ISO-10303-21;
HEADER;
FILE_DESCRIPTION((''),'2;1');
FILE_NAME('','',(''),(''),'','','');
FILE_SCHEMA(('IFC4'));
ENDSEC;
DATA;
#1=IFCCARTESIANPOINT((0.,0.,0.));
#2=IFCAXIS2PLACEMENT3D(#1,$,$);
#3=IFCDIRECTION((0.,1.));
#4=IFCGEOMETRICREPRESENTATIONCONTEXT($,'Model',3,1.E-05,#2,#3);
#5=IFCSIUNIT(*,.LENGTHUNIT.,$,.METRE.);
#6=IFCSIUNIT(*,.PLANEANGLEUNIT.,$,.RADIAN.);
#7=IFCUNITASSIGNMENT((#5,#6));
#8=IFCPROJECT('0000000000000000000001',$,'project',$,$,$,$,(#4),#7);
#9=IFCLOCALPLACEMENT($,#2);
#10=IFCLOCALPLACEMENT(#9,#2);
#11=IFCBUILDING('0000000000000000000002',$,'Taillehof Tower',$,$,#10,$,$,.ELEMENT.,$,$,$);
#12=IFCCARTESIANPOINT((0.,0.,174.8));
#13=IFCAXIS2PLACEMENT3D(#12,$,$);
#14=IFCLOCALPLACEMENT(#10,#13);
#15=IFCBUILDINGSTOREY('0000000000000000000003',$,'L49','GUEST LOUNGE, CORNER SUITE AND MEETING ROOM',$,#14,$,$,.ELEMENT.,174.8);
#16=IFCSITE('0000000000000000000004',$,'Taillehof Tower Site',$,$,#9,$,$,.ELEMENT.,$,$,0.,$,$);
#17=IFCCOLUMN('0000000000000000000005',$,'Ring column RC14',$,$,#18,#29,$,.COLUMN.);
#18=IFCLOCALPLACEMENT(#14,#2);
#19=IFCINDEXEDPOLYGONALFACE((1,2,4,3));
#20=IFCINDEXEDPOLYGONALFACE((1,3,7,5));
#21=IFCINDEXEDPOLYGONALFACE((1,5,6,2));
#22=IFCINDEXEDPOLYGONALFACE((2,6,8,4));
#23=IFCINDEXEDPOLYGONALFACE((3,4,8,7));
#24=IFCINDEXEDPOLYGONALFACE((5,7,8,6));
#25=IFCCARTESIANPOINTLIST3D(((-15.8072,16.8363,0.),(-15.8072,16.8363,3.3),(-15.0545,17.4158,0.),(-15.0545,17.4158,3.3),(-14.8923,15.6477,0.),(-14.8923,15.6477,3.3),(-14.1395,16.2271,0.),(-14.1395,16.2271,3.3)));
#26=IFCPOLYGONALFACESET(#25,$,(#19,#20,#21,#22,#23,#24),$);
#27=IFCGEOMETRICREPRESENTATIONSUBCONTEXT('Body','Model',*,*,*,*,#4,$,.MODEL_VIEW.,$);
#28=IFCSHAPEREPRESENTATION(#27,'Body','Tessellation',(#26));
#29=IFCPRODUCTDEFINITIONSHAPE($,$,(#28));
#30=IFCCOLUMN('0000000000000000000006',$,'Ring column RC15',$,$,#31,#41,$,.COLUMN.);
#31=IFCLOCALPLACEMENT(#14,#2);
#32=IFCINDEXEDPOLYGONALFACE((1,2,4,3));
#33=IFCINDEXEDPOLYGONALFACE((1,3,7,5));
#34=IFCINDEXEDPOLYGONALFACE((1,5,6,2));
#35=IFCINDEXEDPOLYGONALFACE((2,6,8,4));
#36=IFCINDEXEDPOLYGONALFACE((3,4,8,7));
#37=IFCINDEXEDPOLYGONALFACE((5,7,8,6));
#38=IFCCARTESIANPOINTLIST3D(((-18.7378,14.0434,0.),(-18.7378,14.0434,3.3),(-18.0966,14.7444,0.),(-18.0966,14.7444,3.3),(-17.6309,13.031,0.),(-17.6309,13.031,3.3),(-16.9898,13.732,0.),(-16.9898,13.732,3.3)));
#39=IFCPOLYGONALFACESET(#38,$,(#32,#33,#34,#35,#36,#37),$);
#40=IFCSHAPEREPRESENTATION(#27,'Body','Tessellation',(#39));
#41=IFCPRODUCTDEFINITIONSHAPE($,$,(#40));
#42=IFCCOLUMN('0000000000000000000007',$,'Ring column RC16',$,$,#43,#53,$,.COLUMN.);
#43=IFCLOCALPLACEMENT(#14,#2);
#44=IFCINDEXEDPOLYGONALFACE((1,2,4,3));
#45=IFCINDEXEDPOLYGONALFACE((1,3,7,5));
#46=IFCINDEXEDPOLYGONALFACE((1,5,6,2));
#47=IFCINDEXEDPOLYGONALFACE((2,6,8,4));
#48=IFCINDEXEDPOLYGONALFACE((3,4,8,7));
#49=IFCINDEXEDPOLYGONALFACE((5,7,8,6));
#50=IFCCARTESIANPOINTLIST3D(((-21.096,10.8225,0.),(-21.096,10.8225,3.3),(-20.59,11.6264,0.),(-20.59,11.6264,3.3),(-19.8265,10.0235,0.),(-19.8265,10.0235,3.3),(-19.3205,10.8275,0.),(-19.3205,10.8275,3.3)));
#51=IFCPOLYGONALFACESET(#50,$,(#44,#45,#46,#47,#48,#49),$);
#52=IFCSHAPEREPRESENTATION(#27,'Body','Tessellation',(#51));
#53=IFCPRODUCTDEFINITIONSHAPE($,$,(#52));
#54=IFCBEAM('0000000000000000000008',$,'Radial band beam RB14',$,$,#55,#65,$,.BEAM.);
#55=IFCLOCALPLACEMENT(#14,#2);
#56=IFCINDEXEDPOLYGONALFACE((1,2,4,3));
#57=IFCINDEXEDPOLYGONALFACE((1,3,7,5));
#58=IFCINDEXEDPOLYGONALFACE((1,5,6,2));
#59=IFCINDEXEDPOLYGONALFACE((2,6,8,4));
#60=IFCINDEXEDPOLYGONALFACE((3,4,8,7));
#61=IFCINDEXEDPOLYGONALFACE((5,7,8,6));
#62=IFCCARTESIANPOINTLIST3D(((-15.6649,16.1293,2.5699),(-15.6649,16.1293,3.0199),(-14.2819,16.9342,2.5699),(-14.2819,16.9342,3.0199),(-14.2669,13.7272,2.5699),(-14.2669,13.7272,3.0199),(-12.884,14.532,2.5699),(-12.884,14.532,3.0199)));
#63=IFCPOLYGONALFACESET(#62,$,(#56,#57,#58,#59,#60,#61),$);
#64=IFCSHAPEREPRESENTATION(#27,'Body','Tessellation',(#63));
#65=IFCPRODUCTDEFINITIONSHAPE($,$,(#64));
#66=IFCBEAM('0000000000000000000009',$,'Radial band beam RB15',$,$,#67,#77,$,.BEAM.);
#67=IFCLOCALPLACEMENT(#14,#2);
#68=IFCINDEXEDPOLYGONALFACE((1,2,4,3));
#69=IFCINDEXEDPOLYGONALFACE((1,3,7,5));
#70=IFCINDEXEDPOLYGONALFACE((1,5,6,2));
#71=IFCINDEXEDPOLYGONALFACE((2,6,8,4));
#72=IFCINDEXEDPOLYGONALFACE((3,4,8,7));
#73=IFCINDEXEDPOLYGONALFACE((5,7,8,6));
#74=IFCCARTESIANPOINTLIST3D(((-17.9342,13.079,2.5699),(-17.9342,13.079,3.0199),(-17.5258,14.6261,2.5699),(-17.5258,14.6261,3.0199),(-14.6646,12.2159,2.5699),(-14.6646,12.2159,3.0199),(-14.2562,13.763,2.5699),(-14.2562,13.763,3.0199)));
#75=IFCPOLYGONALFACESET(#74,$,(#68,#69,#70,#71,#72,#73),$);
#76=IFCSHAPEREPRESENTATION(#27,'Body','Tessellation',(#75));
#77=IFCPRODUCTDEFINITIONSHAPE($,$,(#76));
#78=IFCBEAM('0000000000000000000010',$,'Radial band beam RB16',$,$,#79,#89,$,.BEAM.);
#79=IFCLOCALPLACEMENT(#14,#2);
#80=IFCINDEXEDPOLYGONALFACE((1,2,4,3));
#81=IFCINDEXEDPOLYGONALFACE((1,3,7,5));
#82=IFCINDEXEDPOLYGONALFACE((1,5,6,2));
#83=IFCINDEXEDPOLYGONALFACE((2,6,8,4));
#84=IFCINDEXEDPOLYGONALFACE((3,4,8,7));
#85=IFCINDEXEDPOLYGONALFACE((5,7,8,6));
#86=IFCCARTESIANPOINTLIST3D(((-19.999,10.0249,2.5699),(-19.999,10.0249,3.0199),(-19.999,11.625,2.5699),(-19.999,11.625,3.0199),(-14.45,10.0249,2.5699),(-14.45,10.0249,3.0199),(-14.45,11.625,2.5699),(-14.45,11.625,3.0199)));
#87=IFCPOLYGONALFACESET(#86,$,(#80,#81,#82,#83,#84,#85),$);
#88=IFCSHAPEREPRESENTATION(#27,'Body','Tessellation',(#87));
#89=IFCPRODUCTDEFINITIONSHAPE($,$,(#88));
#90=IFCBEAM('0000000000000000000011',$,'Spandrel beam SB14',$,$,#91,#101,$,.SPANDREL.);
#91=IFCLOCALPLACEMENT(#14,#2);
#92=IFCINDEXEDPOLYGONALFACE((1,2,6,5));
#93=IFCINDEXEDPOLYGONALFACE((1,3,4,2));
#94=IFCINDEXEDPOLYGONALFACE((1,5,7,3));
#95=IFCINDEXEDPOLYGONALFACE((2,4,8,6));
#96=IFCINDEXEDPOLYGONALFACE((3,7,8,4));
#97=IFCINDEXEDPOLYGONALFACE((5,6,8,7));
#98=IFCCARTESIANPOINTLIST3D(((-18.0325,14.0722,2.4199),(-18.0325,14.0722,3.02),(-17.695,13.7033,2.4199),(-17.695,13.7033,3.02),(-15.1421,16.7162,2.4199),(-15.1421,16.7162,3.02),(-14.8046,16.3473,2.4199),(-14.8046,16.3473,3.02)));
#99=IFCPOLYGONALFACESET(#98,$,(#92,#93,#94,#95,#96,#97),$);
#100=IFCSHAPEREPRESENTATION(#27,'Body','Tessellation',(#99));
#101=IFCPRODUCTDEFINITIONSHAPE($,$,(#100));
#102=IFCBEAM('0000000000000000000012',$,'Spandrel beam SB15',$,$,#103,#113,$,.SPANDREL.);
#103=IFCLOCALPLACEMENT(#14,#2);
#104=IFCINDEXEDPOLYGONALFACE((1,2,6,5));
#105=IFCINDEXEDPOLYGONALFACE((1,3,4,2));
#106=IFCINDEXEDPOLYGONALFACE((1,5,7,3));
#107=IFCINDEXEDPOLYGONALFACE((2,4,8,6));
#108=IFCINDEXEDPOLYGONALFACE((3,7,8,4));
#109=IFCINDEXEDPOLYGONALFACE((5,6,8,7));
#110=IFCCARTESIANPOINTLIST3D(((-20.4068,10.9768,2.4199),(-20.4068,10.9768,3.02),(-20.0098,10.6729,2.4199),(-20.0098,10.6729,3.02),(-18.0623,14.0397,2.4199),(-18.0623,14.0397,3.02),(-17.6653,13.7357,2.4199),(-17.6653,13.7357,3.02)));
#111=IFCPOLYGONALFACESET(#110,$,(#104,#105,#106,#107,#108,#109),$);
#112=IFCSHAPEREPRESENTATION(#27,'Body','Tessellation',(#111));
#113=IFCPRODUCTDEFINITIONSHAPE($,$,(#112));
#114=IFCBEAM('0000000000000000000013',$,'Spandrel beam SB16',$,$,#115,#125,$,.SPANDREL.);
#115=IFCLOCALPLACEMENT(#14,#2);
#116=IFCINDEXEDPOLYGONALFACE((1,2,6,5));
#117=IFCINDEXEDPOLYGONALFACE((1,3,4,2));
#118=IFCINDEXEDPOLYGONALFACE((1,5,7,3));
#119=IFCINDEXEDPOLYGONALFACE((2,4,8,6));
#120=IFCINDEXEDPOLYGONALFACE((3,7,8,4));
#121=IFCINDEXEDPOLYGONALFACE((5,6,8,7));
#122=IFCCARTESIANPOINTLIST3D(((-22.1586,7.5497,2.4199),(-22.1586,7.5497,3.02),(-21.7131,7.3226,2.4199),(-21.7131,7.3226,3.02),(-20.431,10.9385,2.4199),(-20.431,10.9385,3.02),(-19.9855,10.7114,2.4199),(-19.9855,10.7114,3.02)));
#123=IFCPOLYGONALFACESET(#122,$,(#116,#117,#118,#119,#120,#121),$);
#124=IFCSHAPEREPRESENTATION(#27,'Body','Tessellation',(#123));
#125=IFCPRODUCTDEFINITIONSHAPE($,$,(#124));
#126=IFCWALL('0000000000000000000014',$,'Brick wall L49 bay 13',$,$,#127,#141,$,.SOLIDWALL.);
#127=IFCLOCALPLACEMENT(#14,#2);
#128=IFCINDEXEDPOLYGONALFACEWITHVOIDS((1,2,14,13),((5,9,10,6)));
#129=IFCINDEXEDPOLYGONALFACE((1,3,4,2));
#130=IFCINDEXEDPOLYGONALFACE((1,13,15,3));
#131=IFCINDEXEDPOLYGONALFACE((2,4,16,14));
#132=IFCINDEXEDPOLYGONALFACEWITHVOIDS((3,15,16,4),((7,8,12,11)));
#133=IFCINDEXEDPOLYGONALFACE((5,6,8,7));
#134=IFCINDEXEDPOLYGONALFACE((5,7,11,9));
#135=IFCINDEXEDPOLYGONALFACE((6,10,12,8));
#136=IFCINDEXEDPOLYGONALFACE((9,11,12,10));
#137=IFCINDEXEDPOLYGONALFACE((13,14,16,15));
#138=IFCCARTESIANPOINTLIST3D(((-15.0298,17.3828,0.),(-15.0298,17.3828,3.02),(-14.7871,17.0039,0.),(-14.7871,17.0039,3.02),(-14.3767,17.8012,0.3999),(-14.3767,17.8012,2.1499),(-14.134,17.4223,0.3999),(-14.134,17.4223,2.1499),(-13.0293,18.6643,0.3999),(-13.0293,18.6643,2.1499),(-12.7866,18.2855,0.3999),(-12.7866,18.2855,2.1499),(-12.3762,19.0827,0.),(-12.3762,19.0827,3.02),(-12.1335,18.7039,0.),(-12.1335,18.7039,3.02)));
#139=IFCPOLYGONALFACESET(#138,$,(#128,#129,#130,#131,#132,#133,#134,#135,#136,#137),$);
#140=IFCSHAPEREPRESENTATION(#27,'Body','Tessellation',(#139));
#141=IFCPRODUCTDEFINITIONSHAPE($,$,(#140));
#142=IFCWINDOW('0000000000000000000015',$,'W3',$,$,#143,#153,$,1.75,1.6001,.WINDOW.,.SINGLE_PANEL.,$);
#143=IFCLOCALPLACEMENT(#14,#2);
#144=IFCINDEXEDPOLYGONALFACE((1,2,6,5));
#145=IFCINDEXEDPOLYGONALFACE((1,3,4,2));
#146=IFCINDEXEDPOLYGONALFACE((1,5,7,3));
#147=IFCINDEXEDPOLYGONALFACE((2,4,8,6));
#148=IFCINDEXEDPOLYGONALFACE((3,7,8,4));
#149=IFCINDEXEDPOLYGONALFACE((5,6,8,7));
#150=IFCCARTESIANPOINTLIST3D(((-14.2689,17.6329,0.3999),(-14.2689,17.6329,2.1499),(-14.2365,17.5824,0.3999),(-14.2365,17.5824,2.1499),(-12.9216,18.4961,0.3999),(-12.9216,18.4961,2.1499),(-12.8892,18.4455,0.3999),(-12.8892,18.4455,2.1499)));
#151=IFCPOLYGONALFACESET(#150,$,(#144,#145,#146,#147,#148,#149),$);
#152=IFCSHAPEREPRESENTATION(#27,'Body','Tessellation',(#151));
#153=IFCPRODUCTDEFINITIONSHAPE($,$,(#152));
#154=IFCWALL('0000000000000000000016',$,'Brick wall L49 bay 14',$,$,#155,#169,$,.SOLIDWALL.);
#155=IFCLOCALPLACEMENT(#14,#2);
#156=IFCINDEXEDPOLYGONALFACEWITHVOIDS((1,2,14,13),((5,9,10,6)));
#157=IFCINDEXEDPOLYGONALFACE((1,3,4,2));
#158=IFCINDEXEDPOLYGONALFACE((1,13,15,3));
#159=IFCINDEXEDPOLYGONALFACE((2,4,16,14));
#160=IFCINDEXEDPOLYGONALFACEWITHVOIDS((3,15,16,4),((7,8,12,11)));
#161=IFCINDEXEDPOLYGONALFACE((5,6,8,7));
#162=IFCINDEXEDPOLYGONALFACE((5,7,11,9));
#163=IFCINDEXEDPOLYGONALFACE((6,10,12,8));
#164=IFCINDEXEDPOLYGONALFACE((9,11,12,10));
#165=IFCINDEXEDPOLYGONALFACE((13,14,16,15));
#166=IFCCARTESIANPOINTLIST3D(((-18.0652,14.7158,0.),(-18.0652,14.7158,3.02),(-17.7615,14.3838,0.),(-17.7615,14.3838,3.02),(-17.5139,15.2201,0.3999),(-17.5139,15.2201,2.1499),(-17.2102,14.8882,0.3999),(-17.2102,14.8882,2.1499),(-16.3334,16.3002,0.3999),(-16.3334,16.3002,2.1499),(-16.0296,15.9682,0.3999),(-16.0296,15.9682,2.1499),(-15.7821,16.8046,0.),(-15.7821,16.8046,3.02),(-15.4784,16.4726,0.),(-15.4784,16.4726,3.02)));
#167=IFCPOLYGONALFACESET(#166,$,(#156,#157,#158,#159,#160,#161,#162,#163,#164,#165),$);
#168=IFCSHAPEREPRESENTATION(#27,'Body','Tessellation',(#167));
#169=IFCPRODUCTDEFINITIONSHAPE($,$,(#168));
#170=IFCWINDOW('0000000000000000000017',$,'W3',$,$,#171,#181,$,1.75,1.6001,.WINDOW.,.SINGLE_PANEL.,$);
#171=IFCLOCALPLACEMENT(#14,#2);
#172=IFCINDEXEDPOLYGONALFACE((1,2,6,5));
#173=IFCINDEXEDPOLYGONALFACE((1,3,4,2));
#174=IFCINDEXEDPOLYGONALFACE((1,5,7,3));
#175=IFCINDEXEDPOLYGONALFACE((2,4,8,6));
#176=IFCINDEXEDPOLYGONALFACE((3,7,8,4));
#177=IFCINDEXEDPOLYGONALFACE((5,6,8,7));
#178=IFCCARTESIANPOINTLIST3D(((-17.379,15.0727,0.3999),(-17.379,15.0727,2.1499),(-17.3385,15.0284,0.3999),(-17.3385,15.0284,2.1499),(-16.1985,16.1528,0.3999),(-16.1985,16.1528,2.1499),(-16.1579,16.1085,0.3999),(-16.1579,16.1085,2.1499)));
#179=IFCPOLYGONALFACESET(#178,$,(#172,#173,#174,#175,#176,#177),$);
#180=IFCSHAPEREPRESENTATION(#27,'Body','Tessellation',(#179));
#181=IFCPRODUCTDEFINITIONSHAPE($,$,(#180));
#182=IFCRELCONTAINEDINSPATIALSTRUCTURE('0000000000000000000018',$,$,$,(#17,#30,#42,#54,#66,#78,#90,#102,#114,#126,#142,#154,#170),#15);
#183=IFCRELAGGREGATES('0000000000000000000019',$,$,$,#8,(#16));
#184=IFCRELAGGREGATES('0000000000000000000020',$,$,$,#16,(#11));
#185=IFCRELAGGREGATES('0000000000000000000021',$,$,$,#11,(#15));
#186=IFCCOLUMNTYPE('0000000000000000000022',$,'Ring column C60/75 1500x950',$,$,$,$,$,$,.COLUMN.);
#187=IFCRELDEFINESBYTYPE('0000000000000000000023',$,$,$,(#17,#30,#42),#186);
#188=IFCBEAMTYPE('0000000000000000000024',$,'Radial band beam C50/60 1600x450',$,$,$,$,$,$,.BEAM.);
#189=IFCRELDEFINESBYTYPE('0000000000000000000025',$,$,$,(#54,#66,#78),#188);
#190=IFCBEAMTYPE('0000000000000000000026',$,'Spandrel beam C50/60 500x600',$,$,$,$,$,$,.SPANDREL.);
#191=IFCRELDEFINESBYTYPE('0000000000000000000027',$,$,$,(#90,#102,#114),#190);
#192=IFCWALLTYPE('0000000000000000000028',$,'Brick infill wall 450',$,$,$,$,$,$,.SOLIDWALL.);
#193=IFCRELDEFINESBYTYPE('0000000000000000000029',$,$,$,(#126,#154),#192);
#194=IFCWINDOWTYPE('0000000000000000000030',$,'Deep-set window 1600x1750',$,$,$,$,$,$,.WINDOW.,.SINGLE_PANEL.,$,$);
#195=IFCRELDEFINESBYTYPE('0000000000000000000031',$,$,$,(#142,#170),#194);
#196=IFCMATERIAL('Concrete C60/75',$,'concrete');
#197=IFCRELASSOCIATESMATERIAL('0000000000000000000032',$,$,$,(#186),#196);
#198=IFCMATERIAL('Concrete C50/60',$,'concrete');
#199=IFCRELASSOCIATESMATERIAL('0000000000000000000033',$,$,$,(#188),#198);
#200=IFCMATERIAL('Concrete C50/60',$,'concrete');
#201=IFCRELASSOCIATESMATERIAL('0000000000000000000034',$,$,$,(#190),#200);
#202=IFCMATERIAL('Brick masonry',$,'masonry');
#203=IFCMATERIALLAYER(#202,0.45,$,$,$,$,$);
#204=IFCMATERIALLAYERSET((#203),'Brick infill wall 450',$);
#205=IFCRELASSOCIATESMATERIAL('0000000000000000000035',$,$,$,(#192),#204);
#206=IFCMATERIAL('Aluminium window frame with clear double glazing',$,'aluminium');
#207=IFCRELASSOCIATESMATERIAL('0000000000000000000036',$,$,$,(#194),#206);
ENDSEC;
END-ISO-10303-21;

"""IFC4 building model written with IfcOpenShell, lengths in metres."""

from ifc_helpers import new_model, si_unit, direction, frame, frame_2d, origin, origin_2d, place, context, subcontext, project, spatial, rectangle, extrude, material, layer, layer_set, material_profile, profile_set, type_object, element, fill, save


model = new_model("IFC4")

# Units and contexts
model_context = context("Model", 3, precision=1e-05, world=origin(), true_north=direction((0.0, 1.0)))
body_context = subcontext(model_context, "Body", "Model", "MODEL_VIEW")
ifc_project = project(units=[si_unit("LENGTHUNIT", "METRE"), si_unit("PLANEANGLEUNIT", "RADIAN")], contexts=[model_context])

# Site, building, storey
site_placement = place(None, origin())
site = spatial("IfcSite", under=ifc_project, at=site_placement, Name="Taillehof Tower Site", CompositionType="ELEMENT", RefElevation=0.0)
building_placement = place(site_placement, origin())
building = spatial("IfcBuilding", under=site, at=building_placement, Name="Taillehof Tower", CompositionType="ELEMENT")
storey_placement = place(building_placement, frame((0.0, 0.0, 174.8)))
storey = spatial("IfcBuildingStorey", under=building, at=storey_placement, Name="L49", Description="GUEST LOUNGE, CORNER SUITE AND MEETING ROOM", CompositionType="ELEMENT", Elevation=174.8)

# Columns
ifc_material_1 = material(Name="Concrete C60/75", Category="concrete")
ifc_material_profile_1 = material_profile(ifc_material_1, rectangle(XDim=1.5, YDim=0.95, at=origin_2d()), Name="RC 1500x950")
ifc_profile_set_1 = profile_set([ifc_material_profile_1], Name="Concrete C60/75")
column_type = type_object("IfcColumnType", Name="Ring column C60/75 1500x950", PredefinedType="COLUMN", material=ifc_profile_set_1)
for number, where, z_axis, x_axis, name in (
    (1, (-14.9734, 16.5317, 0.0), (0.0, 0.0, 1.0), (-0.609971, 0.792424, 0.0), "Ring column RC14"),
    (2, (-17.8638, 13.8877, 0.0), (0.0, 0.0, 1.0), (-0.737879, 0.674933, 0.0), "Ring column RC15"),
    (3, (-20.2083, 10.825, 0.0), (0.0, 0.0, 1.0), (-0.846334, 0.532652, 0.0), "Ring column RC16"),
):
    element("IfcColumn", number, at=place(storey_placement, frame(where, z_axis=z_axis, x_axis=x_axis)), inside=storey, type_object=column_type, Name=name, PredefinedType="COLUMN", context=body_context, shape_type="SweptSolid", body=[
        extrude(rectangle(XDim=1.5, YDim=0.95, at=origin_2d()), origin(), (0.0, 0.0, 1.0), 3.3),
    ])

# Beams
ifc_material_2 = material(Name="Concrete C50/60", Category="concrete")
ifc_material_profile_2 = material_profile(ifc_material_2, rectangle(XDim=1.6001, YDim=0.45, at=origin_2d()), Name="RC 1600x450")
ifc_profile_set_2 = profile_set([ifc_material_profile_2], Name="Concrete C50/60")
beam_type_1 = type_object("IfcBeamType", Name="Radial band beam C50/60 1600x450", PredefinedType="BEAM", material=ifc_profile_set_2)
beam_1_placement = place(storey_placement, frame((-14.9734, 16.5317, 2.7949), z_axis=(0.502991, -0.864291, 0.0), x_axis=(0.864291, 0.502991, 0.0)))
element("IfcBeam", 4, at=beam_1_placement, inside=storey, type_object=beam_type_1, Name="Radial band beam RB14", PredefinedType="BEAM", context=body_context, shape_type="SweptSolid", body=[
    extrude(rectangle(XDim=1.6001, YDim=0.45, at=origin_2d()), origin(), (0.0, 0.0, 1.0), 2.7793),
])
beam_2_placement = place(storey_placement, frame((-17.73, 13.8525, 2.7949), z_axis=(0.966883, -0.255222, 0.0), x_axis=(0.255222, 0.966883, 0.0)))
element("IfcBeam", 5, at=beam_2_placement, inside=storey, type_object=beam_type_1, Name="Radial band beam RB15", PredefinedType="BEAM", context=body_context, shape_type="SweptSolid", body=[
    extrude(rectangle(XDim=1.6001, YDim=0.45, at=origin_2d()), origin(), (0.0, 0.0, 1.0), 3.3816),
])
beam_3_placement = place(storey_placement, frame((-19.999, 10.825, 2.7949), z_axis=(1.0, 0.0, 0.0), x_axis=(0.0, 1.0, 0.0)))
element("IfcBeam", 6, at=beam_3_placement, inside=storey, type_object=beam_type_1, Name="Radial band beam RB16", PredefinedType="BEAM", context=body_context, shape_type="SweptSolid", body=[
    extrude(rectangle(XDim=1.6001, YDim=0.45, at=origin_2d()), origin(), (0.0, 0.0, 1.0), 5.5491),
])
ifc_material_3 = material(Name="Concrete C50/60", Category="concrete")
ifc_material_profile_3 = material_profile(ifc_material_3, rectangle(XDim=0.5, YDim=0.6001, at=origin_2d()), Name="RC 500x600")
ifc_profile_set_3 = profile_set([ifc_material_profile_3], Name="Concrete C50/60")
beam_type_2 = type_object("IfcBeamType", Name="Spandrel beam C50/60 500x600", PredefinedType="SPANDREL", material=ifc_profile_set_3)
beam_4_placement = place(storey_placement, frame((-14.9734, 16.5317, 2.72), z_axis=(-0.73785, -0.674965, 0.0), x_axis=(0.674965, -0.73785, 0.0)))
element("IfcBeam", 7, at=beam_4_placement, inside=storey, type_object=beam_type_2, Name="Spandrel beam SB14", PredefinedType="SPANDREL", context=body_context, shape_type="SweptSolid", body=[
    extrude(rectangle(XDim=0.5, YDim=0.6001, at=origin_2d()), origin(), (0.0, 0.0, 1.0), 3.9172),
])
beam_5_placement = place(storey_placement, frame((-17.8638, 13.8877, 2.72), z_axis=(-0.60784, -0.794059, 0.0), x_axis=(0.794059, -0.60784, 0.0)))
element("IfcBeam", 8, at=beam_5_placement, inside=storey, type_object=beam_type_2, Name="Spandrel beam SB15", PredefinedType="SPANDREL", context=body_context, shape_type="SweptSolid", body=[
    extrude(rectangle(XDim=0.5, YDim=0.6001, at=origin_2d()), origin(), (0.0, 0.0, 1.0), 3.8572),
])
beam_6_placement = place(storey_placement, frame((-20.2083, 10.825, 2.72), z_axis=(-0.454183, -0.890908, 0.0), x_axis=(0.890908, -0.454183, 0.0)))
element("IfcBeam", 9, at=beam_6_placement, inside=storey, type_object=beam_type_2, Name="Spandrel beam SB16", PredefinedType="SPANDREL", context=body_context, shape_type="SweptSolid", body=[
    extrude(rectangle(XDim=0.5, YDim=0.6001, at=origin_2d()), origin(), (0.0, 0.0, 1.0), 3.8037),
])

# Walls, openings, windows
ifc_material_4 = material(Name="Brick masonry", Category="masonry")
ifc_layer_1 = layer(ifc_material_4, 0.45)
ifc_layer_set_1 = layer_set([ifc_layer_1], Name="Brick infill wall 450")
wall_type_1 = type_object("IfcWallType", Name="Brick infill wall 450", PredefinedType="SOLIDWALL", material=ifc_layer_set_1)
wall_1_placement = place(storey_placement, frame((-12.2549, 18.8933, 0.0), z_axis=(0.0, 0.0, 1.0), x_axis=(-0.842031, -0.53943, 0.0)))
wall_1 = element("IfcWall", 10, at=wall_1_placement, inside=storey, type_object=wall_type_1, Name="Brick wall L49 bay 13", PredefinedType="SOLIDWALL", context=body_context, shape_type="SweptSolid", body=[
    extrude(rectangle(XDim=3.1514, YDim=0.45, at=frame_2d((1.5757, 0.0))), origin(), (0.0, 0.0, 1.0), 3.02),
])
opening_1_placement = place(wall_1_placement, frame((0.7756, 0.0, 0.3999)))
opening_1 = element("IfcOpeningElement", 11, at=opening_1_placement, cuts=wall_1, PredefinedType="OPENING", context=body_context, shape_type="SweptSolid", body=[
    extrude(rectangle(XDim=1.6001, YDim=1.75, at=frame_2d((0.8, 0.875))), frame((0.0, 0.2349, 0.0), z_axis=(0.0, -1.0, 0.0), x_axis=(1.0, 0.0, 0.0)), (0.0, 0.0, 1.0), 0.47),
])
ifc_material_5 = material(Name="Aluminium window frame with clear double glazing", Category="aluminium")
window_type = type_object("IfcWindowType", Name="Deep-set window 1600x1750", PartitioningType="SINGLE_PANEL", PredefinedType="WINDOW", material=ifc_material_5)
window_1_placement = place(opening_1_placement, origin())
window_1 = element("IfcWindow", 12, at=window_1_placement, inside=storey, type_object=window_type, Name="W3", OverallHeight=1.75, OverallWidth=1.6001, PartitioningType="SINGLE_PANEL", PredefinedType="WINDOW", context=body_context, shape_type="SweptSolid", body=[
    extrude(rectangle(XDim=1.6001, YDim=1.75, at=frame_2d((0.8, 0.875))), frame((0.0, 0.0349, 0.0), z_axis=(0.0, -1.0, 0.0), x_axis=(1.0, 0.0, 0.0)), (0.0, 0.0, 1.0), 0.0601),
])
fill(opening_1, window_1)
wall_2_placement = place(storey_placement, frame((-15.6301, 16.6387, 0.0), z_axis=(0.0, 0.0, 1.0), x_axis=(-0.737809, -0.67501, 0.0)))
wall_2 = element("IfcWall", 13, at=wall_2_placement, inside=storey, type_object=wall_type_1, Name="Brick wall L49 bay 14", PredefinedType="SOLIDWALL", context=body_context, shape_type="SweptSolid", body=[
    extrude(rectangle(XDim=3.0945, YDim=0.45, at=frame_2d((1.5474, 0.0))), origin(), (0.0, 0.0, 1.0), 3.02),
])
opening_2_placement = place(wall_2_placement, frame((0.7473, 0.0, 0.3999)))
opening_2 = element("IfcOpeningElement", 14, at=opening_2_placement, cuts=wall_2, PredefinedType="OPENING", context=body_context, shape_type="SweptSolid", body=[
    extrude(rectangle(XDim=1.6001, YDim=1.75, at=frame_2d((0.8, 0.875))), frame((0.0, 0.2349, 0.0), z_axis=(0.0, -1.0, 0.0), x_axis=(1.0, 0.0, 0.0)), (0.0, 0.0, 1.0), 0.47),
])
window_2_placement = place(opening_2_placement, origin())
window_2 = element("IfcWindow", 15, at=window_2_placement, inside=storey, type_object=window_type, Name="W3", OverallHeight=1.75, OverallWidth=1.6001, PartitioningType="SINGLE_PANEL", PredefinedType="WINDOW", context=body_context, shape_type="SweptSolid", body=[
    extrude(rectangle(XDim=1.6001, YDim=1.75, at=frame_2d((0.8, 0.875))), frame((0.0, 0.0349, 0.0), z_axis=(0.0, -1.0, 0.0), x_axis=(1.0, 0.0, 0.0)), (0.0, 0.0, 1.0), 0.0601),
])
fill(opening_2, window_2)

save(model, "model.ifc")
